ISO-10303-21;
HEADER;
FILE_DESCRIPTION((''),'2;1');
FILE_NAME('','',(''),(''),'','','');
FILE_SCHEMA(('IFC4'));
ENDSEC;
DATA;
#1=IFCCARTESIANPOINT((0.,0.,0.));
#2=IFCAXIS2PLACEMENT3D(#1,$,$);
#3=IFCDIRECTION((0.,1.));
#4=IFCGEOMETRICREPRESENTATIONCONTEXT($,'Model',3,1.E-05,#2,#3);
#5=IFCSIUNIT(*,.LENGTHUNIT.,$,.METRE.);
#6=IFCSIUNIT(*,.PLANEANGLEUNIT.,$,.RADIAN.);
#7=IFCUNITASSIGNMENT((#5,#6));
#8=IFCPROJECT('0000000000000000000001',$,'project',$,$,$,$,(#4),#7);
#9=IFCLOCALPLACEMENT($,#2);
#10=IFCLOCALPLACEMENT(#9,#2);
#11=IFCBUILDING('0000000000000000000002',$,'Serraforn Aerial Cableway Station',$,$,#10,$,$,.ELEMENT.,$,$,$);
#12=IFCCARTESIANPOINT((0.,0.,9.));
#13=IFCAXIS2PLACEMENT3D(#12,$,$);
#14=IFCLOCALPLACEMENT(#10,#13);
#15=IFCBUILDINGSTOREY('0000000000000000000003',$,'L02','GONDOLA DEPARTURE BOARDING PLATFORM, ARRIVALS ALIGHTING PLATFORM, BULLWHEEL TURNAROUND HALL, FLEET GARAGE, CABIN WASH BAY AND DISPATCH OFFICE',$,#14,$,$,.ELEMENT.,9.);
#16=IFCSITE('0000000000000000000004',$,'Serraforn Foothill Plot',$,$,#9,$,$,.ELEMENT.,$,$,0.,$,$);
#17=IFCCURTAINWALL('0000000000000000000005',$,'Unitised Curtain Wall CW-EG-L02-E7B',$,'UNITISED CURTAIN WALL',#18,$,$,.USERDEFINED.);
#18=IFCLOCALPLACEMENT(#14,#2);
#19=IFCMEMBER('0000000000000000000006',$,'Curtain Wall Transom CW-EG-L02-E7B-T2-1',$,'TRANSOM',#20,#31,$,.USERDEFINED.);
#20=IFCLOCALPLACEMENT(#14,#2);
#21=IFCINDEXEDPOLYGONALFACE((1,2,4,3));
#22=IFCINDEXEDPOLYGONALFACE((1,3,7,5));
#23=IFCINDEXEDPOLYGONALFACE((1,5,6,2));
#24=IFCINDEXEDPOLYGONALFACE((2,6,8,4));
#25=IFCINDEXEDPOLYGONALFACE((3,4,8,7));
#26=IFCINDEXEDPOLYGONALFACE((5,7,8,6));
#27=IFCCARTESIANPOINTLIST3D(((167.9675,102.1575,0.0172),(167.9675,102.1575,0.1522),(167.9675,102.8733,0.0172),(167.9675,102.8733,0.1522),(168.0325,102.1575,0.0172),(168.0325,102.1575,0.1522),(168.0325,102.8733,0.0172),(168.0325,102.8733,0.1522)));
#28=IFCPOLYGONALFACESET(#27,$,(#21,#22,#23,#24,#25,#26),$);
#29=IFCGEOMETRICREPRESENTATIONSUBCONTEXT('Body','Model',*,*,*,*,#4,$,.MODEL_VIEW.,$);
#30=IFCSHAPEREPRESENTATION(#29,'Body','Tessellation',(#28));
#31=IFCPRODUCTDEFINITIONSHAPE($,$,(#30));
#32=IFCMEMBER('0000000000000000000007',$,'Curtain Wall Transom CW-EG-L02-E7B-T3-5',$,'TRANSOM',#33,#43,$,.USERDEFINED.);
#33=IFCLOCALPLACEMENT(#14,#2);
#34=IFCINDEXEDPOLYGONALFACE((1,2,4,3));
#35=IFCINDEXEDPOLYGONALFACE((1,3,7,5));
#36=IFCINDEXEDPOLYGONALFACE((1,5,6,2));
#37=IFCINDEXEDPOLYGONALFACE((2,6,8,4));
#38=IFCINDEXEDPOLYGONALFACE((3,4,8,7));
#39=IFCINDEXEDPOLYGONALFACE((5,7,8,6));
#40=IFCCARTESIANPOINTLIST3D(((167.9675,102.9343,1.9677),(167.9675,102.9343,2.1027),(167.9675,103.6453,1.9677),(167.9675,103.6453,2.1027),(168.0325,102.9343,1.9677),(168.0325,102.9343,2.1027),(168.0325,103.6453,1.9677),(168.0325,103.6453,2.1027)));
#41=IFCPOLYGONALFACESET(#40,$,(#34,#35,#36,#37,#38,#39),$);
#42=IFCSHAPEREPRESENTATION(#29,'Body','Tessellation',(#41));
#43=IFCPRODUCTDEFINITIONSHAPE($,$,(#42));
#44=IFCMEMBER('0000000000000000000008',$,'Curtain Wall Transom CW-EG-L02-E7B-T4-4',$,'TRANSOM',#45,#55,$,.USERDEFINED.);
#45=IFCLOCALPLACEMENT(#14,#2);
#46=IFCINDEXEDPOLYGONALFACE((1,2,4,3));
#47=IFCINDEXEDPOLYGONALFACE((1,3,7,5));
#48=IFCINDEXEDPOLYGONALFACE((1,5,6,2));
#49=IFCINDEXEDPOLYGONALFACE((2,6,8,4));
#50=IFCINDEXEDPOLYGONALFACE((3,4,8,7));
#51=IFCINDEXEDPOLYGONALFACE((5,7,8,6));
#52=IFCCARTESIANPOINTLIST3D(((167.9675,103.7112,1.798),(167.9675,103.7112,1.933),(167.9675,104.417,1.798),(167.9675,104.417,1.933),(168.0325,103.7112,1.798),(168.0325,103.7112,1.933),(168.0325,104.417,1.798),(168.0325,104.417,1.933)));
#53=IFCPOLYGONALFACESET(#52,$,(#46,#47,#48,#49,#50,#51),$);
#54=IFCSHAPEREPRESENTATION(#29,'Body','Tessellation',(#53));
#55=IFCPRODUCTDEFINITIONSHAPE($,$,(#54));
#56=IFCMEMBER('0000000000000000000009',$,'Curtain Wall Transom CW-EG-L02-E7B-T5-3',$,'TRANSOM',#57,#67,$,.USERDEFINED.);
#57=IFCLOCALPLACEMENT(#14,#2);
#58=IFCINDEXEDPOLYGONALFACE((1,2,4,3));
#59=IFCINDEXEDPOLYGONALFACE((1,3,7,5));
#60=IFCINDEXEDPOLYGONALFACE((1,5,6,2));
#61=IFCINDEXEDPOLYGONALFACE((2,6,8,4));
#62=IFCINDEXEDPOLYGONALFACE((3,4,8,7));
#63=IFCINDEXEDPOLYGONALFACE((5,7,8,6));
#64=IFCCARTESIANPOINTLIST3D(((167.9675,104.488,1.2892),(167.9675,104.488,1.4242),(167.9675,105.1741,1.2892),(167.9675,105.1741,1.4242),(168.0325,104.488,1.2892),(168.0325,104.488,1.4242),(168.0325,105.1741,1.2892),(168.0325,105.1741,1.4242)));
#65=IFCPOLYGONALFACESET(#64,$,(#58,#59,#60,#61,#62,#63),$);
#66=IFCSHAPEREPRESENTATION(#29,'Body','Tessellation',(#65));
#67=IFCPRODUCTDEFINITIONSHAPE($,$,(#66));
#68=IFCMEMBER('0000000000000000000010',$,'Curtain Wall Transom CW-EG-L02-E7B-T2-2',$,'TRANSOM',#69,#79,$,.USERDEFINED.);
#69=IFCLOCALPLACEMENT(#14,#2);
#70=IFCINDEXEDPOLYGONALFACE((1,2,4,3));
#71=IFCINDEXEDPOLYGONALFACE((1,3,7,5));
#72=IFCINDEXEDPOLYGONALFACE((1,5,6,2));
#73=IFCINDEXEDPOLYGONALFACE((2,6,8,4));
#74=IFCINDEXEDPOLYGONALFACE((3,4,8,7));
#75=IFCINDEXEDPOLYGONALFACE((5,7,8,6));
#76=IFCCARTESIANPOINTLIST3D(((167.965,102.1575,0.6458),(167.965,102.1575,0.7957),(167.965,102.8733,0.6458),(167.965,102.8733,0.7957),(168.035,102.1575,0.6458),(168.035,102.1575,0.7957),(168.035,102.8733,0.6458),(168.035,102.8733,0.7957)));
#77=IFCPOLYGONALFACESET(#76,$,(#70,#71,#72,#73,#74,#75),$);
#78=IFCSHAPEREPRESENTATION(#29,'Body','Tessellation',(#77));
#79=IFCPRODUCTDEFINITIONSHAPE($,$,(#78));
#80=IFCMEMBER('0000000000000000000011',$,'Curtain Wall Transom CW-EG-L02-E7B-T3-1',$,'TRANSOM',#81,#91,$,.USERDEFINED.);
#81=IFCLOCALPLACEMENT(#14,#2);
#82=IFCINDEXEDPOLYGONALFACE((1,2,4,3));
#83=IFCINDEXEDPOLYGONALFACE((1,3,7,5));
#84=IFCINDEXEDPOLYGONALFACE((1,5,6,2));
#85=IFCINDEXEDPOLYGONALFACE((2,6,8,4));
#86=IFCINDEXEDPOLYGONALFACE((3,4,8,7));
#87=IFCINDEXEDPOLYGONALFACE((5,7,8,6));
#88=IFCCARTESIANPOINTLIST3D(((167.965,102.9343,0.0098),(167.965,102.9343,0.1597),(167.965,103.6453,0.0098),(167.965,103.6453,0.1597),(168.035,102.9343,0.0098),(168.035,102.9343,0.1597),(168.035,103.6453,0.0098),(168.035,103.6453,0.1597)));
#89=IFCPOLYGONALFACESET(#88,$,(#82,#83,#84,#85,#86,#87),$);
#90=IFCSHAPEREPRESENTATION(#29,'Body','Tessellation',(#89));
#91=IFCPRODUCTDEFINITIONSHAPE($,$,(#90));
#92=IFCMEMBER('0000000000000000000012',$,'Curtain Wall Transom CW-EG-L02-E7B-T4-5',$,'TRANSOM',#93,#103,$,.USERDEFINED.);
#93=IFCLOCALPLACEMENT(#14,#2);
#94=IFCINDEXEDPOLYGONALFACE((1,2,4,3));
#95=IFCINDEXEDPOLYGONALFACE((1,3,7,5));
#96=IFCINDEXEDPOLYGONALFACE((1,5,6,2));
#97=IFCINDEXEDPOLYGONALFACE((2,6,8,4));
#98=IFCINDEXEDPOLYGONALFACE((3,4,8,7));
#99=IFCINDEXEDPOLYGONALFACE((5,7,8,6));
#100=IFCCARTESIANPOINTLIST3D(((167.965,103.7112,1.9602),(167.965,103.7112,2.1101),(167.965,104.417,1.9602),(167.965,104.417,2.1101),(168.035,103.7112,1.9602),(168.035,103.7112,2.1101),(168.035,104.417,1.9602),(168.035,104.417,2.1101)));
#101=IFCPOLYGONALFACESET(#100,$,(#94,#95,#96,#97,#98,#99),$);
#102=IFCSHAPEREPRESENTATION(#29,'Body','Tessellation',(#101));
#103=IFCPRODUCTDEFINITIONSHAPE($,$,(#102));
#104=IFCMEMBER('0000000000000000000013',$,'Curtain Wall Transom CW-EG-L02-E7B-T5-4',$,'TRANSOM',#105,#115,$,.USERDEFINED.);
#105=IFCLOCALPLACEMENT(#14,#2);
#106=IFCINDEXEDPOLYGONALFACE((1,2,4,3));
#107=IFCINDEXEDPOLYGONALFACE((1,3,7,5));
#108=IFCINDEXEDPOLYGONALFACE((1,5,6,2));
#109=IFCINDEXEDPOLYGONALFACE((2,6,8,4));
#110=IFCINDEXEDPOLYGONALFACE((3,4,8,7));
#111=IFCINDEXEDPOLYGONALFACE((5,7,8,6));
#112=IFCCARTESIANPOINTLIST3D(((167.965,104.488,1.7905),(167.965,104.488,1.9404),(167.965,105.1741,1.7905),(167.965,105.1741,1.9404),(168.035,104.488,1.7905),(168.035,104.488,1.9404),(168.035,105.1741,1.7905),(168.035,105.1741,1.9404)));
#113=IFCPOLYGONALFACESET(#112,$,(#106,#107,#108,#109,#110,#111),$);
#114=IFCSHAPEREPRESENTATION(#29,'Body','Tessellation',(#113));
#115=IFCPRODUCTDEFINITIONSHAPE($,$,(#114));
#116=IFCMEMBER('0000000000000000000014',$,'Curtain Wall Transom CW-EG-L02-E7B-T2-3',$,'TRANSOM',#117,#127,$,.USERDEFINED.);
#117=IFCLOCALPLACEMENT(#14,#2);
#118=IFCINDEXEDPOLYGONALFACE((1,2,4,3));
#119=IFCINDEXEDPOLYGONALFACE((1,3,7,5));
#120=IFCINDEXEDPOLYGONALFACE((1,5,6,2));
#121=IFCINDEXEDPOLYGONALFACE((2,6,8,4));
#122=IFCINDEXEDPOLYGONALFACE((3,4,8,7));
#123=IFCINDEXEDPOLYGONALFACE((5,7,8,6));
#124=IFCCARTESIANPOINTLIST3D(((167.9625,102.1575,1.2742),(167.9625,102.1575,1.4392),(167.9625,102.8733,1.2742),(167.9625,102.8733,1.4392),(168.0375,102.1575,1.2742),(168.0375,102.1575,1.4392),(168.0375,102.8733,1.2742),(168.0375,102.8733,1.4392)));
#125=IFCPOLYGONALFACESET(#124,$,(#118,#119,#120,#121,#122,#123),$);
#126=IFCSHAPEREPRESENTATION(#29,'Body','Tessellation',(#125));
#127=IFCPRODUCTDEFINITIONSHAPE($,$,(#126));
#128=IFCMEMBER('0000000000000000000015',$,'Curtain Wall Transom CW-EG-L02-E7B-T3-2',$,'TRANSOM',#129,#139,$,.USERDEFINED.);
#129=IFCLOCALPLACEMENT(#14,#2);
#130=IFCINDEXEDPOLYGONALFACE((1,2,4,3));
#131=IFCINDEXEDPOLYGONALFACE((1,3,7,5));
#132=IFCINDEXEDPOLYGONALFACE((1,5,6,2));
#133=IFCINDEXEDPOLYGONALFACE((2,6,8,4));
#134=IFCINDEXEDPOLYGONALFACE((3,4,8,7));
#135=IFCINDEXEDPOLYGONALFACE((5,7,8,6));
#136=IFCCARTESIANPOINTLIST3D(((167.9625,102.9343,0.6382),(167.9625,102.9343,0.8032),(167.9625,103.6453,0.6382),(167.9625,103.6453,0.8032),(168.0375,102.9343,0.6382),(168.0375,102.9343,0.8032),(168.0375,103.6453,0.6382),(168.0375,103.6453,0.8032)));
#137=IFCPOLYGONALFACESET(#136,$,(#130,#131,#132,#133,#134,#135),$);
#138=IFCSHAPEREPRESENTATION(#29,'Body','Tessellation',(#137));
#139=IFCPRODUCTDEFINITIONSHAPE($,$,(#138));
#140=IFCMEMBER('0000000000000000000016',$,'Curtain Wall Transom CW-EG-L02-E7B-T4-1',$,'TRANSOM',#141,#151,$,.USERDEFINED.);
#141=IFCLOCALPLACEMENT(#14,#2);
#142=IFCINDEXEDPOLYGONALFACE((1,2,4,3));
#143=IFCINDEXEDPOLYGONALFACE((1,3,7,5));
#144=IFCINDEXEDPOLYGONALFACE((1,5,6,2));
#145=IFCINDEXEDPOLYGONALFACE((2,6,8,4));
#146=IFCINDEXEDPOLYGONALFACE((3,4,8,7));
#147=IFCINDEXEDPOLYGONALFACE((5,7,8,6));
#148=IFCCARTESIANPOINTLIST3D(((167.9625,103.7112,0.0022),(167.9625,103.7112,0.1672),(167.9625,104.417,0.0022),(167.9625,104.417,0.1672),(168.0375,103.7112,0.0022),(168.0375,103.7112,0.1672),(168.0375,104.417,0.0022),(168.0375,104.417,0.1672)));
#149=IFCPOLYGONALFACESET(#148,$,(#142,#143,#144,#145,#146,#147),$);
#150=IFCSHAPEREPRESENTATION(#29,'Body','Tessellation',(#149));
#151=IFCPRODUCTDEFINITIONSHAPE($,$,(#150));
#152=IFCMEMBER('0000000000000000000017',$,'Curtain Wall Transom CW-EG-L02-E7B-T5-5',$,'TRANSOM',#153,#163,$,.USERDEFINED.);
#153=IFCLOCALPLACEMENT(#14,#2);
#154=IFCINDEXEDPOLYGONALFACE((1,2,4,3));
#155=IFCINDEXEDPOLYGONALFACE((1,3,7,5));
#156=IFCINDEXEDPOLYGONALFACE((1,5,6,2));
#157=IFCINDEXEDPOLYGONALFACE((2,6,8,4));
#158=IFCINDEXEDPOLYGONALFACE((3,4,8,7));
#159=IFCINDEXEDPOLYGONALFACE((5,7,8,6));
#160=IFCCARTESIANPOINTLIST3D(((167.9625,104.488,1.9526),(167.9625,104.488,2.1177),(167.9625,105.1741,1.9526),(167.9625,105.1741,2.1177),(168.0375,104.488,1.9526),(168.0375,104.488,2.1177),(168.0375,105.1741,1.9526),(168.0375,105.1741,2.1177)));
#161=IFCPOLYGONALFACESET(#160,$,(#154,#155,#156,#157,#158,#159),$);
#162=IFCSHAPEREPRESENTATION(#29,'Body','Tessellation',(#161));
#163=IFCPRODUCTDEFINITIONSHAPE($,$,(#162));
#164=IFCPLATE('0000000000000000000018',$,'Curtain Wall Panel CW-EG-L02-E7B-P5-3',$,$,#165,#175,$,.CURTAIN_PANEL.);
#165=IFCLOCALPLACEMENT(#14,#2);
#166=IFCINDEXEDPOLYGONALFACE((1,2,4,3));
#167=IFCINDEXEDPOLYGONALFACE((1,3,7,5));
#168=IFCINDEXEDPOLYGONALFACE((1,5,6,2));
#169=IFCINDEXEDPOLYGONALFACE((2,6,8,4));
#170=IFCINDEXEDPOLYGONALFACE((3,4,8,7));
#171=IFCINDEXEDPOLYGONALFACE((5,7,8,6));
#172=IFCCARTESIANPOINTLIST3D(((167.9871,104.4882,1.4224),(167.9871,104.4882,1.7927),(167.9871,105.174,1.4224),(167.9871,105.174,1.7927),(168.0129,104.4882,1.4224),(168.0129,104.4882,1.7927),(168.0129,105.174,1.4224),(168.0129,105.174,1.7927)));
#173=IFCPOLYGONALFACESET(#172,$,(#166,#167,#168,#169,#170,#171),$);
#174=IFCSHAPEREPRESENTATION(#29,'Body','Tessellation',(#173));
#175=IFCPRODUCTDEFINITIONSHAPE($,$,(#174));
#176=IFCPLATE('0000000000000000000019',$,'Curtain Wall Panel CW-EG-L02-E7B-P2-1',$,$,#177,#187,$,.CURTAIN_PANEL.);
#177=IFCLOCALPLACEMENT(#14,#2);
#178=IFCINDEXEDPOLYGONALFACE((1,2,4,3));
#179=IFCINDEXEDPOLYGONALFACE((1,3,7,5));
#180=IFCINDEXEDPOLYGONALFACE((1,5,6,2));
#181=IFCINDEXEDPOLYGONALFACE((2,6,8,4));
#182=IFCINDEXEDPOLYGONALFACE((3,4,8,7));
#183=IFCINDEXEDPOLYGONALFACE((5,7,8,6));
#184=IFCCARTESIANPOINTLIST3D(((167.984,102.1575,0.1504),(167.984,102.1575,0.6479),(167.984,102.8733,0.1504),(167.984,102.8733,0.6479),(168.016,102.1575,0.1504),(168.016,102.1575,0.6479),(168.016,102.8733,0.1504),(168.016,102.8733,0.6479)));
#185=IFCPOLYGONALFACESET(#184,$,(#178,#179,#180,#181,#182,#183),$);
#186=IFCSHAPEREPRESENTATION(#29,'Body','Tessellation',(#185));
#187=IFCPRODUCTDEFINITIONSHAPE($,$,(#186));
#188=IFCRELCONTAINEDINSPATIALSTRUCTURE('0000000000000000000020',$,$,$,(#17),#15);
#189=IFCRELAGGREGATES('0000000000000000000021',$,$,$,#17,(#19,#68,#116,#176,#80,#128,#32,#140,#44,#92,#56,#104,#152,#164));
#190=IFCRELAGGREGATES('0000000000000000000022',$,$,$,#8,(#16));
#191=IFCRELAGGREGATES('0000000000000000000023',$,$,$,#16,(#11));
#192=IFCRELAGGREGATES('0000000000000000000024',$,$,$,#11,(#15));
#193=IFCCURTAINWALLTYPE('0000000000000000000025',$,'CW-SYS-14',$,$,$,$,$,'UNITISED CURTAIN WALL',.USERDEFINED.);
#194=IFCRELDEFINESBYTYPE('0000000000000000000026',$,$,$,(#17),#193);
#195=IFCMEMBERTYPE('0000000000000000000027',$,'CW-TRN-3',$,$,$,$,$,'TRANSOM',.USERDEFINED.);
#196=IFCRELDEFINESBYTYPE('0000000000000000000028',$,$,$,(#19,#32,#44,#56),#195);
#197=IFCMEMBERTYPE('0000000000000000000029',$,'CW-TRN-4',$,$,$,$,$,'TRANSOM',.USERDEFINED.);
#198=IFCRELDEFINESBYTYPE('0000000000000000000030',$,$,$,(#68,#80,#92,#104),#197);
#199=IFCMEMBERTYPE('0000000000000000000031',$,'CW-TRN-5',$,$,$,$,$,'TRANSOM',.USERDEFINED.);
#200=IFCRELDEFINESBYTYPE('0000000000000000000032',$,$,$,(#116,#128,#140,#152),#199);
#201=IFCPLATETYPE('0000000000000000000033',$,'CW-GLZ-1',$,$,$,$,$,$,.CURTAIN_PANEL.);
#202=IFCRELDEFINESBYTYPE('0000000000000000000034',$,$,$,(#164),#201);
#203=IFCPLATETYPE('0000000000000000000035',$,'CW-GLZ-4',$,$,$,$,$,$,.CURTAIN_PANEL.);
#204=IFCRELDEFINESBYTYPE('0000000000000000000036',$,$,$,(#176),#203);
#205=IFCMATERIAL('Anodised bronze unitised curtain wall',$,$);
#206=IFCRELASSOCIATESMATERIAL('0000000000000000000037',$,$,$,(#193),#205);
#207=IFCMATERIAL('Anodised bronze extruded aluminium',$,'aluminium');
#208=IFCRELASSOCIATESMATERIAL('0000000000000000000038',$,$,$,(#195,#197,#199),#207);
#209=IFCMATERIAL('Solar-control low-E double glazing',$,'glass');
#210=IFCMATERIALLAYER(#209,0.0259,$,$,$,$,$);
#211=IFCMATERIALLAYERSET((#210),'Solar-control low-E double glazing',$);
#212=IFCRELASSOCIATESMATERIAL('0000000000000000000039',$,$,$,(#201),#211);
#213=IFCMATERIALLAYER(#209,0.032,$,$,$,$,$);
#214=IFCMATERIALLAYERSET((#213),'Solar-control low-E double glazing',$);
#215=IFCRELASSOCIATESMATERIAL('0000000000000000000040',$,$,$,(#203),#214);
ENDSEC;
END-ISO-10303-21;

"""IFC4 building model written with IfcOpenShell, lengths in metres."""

from ifc_helpers import new_model, si_unit, direction, frame, origin, origin_2d, place, context, subcontext, project, spatial, rectangle, extrude, material, layer, layer_set, material_profile, profile_set, type_object, element, aggregate, save


model = new_model("IFC4")

# Units and contexts
model_context = context("Model", 3, precision=1e-05, world=origin(), true_north=direction((0.0, 1.0)))
body_context = subcontext(model_context, "Body", "Model", "MODEL_VIEW")
ifc_project = project(units=[si_unit("LENGTHUNIT", "METRE"), si_unit("PLANEANGLEUNIT", "RADIAN")], contexts=[model_context])

# Site, building, storey
site_placement = place(None, origin())
site = spatial("IfcSite", under=ifc_project, at=site_placement, Name="Serraforn Foothill Plot", CompositionType="ELEMENT", RefElevation=0.0)
building_placement = place(site_placement, origin())
building = spatial("IfcBuilding", under=site, at=building_placement, Name="Serraforn Aerial Cableway Station", CompositionType="ELEMENT")
storey_placement = place(building_placement, frame((0.0, 0.0, 9.0)))
storey = spatial("IfcBuildingStorey", under=building, at=storey_placement, Name="L02", Description="GONDOLA DEPARTURE BOARDING PLATFORM, ARRIVALS ALIGHTING PLATFORM, BULLWHEEL TURNAROUND HALL, FLEET GARAGE, CABIN WASH BAY AND DISPATCH OFFICE", CompositionType="ELEMENT", Elevation=9.0)

# Curtain wall, members, plates
ifc_material_1 = material(Name="Anodised bronze unitised curtain wall")
curtain_wall_type = type_object("IfcCurtainWallType", Name="CW-SYS-14", ElementType="UNITISED CURTAIN WALL", PredefinedType="USERDEFINED", material=ifc_material_1)
curtain_wall_placement = place(storey_placement, origin())
curtain_wall = element("IfcCurtainWall", 1, at=curtain_wall_placement, inside=storey, type_object=curtain_wall_type, Name="Unitised Curtain Wall CW-EG-L02-E7B", ObjectType="UNITISED CURTAIN WALL", PredefinedType="USERDEFINED")
ifc_material_2 = material(Name="Anodised bronze extruded aluminium", Category="aluminium")
ifc_material_profile_1 = material_profile(ifc_material_2, rectangle(XDim=0.0649, YDim=0.135, at=origin_2d()), Name="CW TRANSOM 65x135")
ifc_profile_set_1 = profile_set([ifc_material_profile_1], Name="Anodised bronze extruded aluminium")
member_type_1 = type_object("IfcMemberType", Name="CW-TRN-3", ElementType="TRANSOM", PredefinedType="USERDEFINED", material=ifc_profile_set_1)
member_1_placement = place(storey_placement, frame((168.0, 102.1575, 0.0847), z_axis=(0.0, 1.0, 0.0), x_axis=(-1.0, 0.0, 0.0)))
member_1 = element("IfcMember", 2, at=member_1_placement, type_object=member_type_1, Name="Curtain Wall Transom CW-EG-L02-E7B-T2-1", ObjectType="TRANSOM", PredefinedType="USERDEFINED", context=body_context, shape_type="SweptSolid", body=[
    extrude(rectangle(XDim=0.0649, YDim=0.135, at=origin_2d()), origin(), (0.0, 0.0, 1.0), 0.7158),
])
member_2_placement = place(storey_placement, frame((168.0, 102.9343, 2.0352), z_axis=(0.0, 1.0, 0.0), x_axis=(-1.0, 0.0, 0.0)))
member_2 = element("IfcMember", 3, at=member_2_placement, type_object=member_type_1, Name="Curtain Wall Transom CW-EG-L02-E7B-T3-5", ObjectType="TRANSOM", PredefinedType="USERDEFINED", context=body_context, shape_type="SweptSolid", body=[
    extrude(rectangle(XDim=0.0649, YDim=0.135, at=origin_2d()), origin(), (0.0, 0.0, 1.0), 0.7109),
])
member_3_placement = place(storey_placement, frame((168.0, 103.7112, 1.8655), z_axis=(0.0, 1.0, 0.0), x_axis=(-1.0, 0.0, 0.0)))
member_3 = element("IfcMember", 4, at=member_3_placement, type_object=member_type_1, Name="Curtain Wall Transom CW-EG-L02-E7B-T4-4", ObjectType="TRANSOM", PredefinedType="USERDEFINED", context=body_context, shape_type="SweptSolid", body=[
    extrude(rectangle(XDim=0.0649, YDim=0.135, at=origin_2d()), origin(), (0.0, 0.0, 1.0), 0.7058),
])
member_4_placement = place(storey_placement, frame((168.0, 104.488, 1.3567), z_axis=(0.0, 1.0, 0.0), x_axis=(-1.0, 0.0, 0.0)))
member_4 = element("IfcMember", 5, at=member_4_placement, type_object=member_type_1, Name="Curtain Wall Transom CW-EG-L02-E7B-T5-3", ObjectType="TRANSOM", PredefinedType="USERDEFINED", context=body_context, shape_type="SweptSolid", body=[
    extrude(rectangle(XDim=0.0649, YDim=0.135, at=origin_2d()), origin(), (0.0, 0.0, 1.0), 0.686),
])
ifc_material_profile_2 = material_profile(ifc_material_2, rectangle(XDim=0.0701, YDim=0.1499, at=origin_2d()), Name="CW TRANSOM 70x150")
ifc_profile_set_2 = profile_set([ifc_material_profile_2], Name="Anodised bronze extruded aluminium")
member_type_2 = type_object("IfcMemberType", Name="CW-TRN-4", ElementType="TRANSOM", PredefinedType="USERDEFINED", material=ifc_profile_set_2)
member_5_placement = place(storey_placement, frame((168.0, 102.1575, 0.7207), z_axis=(0.0, 1.0, 0.0), x_axis=(-1.0, 0.0, 0.0)))
member_5 = element("IfcMember", 6, at=member_5_placement, type_object=member_type_2, Name="Curtain Wall Transom CW-EG-L02-E7B-T2-2", ObjectType="TRANSOM", PredefinedType="USERDEFINED", context=body_context, shape_type="SweptSolid", body=[
    extrude(rectangle(XDim=0.0701, YDim=0.1499, at=origin_2d()), origin(), (0.0, 0.0, 1.0), 0.7158),
])
member_6_placement = place(storey_placement, frame((168.0, 102.9343, 0.0847), z_axis=(0.0, 1.0, 0.0), x_axis=(-1.0, 0.0, 0.0)))
member_6 = element("IfcMember", 7, at=member_6_placement, type_object=member_type_2, Name="Curtain Wall Transom CW-EG-L02-E7B-T3-1", ObjectType="TRANSOM", PredefinedType="USERDEFINED", context=body_context, shape_type="SweptSolid", body=[
    extrude(rectangle(XDim=0.0701, YDim=0.1499, at=origin_2d()), origin(), (0.0, 0.0, 1.0), 0.7109),
])
member_7_placement = place(storey_placement, frame((168.0, 103.7112, 2.0352), z_axis=(0.0, 1.0, 0.0), x_axis=(-1.0, 0.0, 0.0)))
member_7 = element("IfcMember", 8, at=member_7_placement, type_object=member_type_2, Name="Curtain Wall Transom CW-EG-L02-E7B-T4-5", ObjectType="TRANSOM", PredefinedType="USERDEFINED", context=body_context, shape_type="SweptSolid", body=[
    extrude(rectangle(XDim=0.0701, YDim=0.1499, at=origin_2d()), origin(), (0.0, 0.0, 1.0), 0.7058),
])
member_8_placement = place(storey_placement, frame((168.0, 104.488, 1.8655), z_axis=(0.0, 1.0, 0.0), x_axis=(-1.0, 0.0, 0.0)))
member_8 = element("IfcMember", 9, at=member_8_placement, type_object=member_type_2, Name="Curtain Wall Transom CW-EG-L02-E7B-T5-4", ObjectType="TRANSOM", PredefinedType="USERDEFINED", context=body_context, shape_type="SweptSolid", body=[
    extrude(rectangle(XDim=0.0701, YDim=0.1499, at=origin_2d()), origin(), (0.0, 0.0, 1.0), 0.686),
])
ifc_material_profile_3 = material_profile(ifc_material_2, rectangle(XDim=0.075, YDim=0.165, at=origin_2d()), Name="CW TRANSOM 75x165")
ifc_profile_set_3 = profile_set([ifc_material_profile_3], Name="Anodised bronze extruded aluminium")
member_type_3 = type_object("IfcMemberType", Name="CW-TRN-5", ElementType="TRANSOM", PredefinedType="USERDEFINED", material=ifc_profile_set_3)
member_9_placement = place(storey_placement, frame((168.0, 102.1575, 1.3567), z_axis=(0.0, 1.0, 0.0), x_axis=(-1.0, 0.0, 0.0)))
member_9 = element("IfcMember", 10, at=member_9_placement, type_object=member_type_3, Name="Curtain Wall Transom CW-EG-L02-E7B-T2-3", ObjectType="TRANSOM", PredefinedType="USERDEFINED", context=body_context, shape_type="SweptSolid", body=[
    extrude(rectangle(XDim=0.075, YDim=0.165, at=origin_2d()), origin(), (0.0, 0.0, 1.0), 0.7158),
])
member_10_placement = place(storey_placement, frame((168.0, 102.9343, 0.7207), z_axis=(0.0, 1.0, 0.0), x_axis=(-1.0, 0.0, 0.0)))
member_10 = element("IfcMember", 11, at=member_10_placement, type_object=member_type_3, Name="Curtain Wall Transom CW-EG-L02-E7B-T3-2", ObjectType="TRANSOM", PredefinedType="USERDEFINED", context=body_context, shape_type="SweptSolid", body=[
    extrude(rectangle(XDim=0.075, YDim=0.165, at=origin_2d()), origin(), (0.0, 0.0, 1.0), 0.7109),
])
member_11_placement = place(storey_placement, frame((168.0, 103.7112, 0.0847), z_axis=(0.0, 1.0, 0.0), x_axis=(-1.0, 0.0, 0.0)))
member_11 = element("IfcMember", 12, at=member_11_placement, type_object=member_type_3, Name="Curtain Wall Transom CW-EG-L02-E7B-T4-1", ObjectType="TRANSOM", PredefinedType="USERDEFINED", context=body_context, shape_type="SweptSolid", body=[
    extrude(rectangle(XDim=0.075, YDim=0.165, at=origin_2d()), origin(), (0.0, 0.0, 1.0), 0.7058),
])
member_12_placement = place(storey_placement, frame((168.0, 104.488, 2.0352), z_axis=(0.0, 1.0, 0.0), x_axis=(-1.0, 0.0, 0.0)))
member_12 = element("IfcMember", 13, at=member_12_placement, type_object=member_type_3, Name="Curtain Wall Transom CW-EG-L02-E7B-T5-5", ObjectType="TRANSOM", PredefinedType="USERDEFINED", context=body_context, shape_type="SweptSolid", body=[
    extrude(rectangle(XDim=0.075, YDim=0.165, at=origin_2d()), origin(), (0.0, 0.0, 1.0), 0.686),
])
ifc_material_3 = material(Name="Solar-control low-E double glazing", Category="glass")
ifc_layer_1 = layer(ifc_material_3, 0.0259)
ifc_layer_set_1 = layer_set([ifc_layer_1], Name="Solar-control low-E double glazing")
plate_type_1 = type_object("IfcPlateType", Name="CW-GLZ-1", PredefinedType="CURTAIN_PANEL", material=ifc_layer_set_1)
plate_1_placement = place(storey_placement, frame((168.0, 104.8311, 1.4224), z_axis=(0.0, 0.0, 1.0), x_axis=(1.0, 0.0, 0.0)))
plate_1 = element("IfcPlate", 14, at=plate_1_placement, type_object=plate_type_1, Name="Curtain Wall Panel CW-EG-L02-E7B-P5-3", PredefinedType="CURTAIN_PANEL", context=body_context, shape_type="SweptSolid", body=[
    extrude(rectangle(XDim=0.0259, YDim=0.6858, at=origin_2d()), origin(), (0.0, 0.0, 1.0), 0.3704),
])
ifc_layer_2 = layer(ifc_material_3, 0.032)
ifc_layer_set_2 = layer_set([ifc_layer_2], Name="Solar-control low-E double glazing")
plate_type_2 = type_object("IfcPlateType", Name="CW-GLZ-4", PredefinedType="CURTAIN_PANEL", material=ifc_layer_set_2)
plate_2_placement = place(storey_placement, frame((168.0, 102.5154, 0.1504), z_axis=(0.0, 0.0, 1.0), x_axis=(1.0, 0.0, 0.0)))
plate_2 = element("IfcPlate", 15, at=plate_2_placement, type_object=plate_type_2, Name="Curtain Wall Panel CW-EG-L02-E7B-P2-1", PredefinedType="CURTAIN_PANEL", context=body_context, shape_type="SweptSolid", body=[
    extrude(rectangle(XDim=0.032, YDim=0.7158, at=origin_2d()), origin(), (0.0, 0.0, 1.0), 0.4976),
])
aggregate(curtain_wall, [member_1, member_5, member_9, plate_2, member_6, member_10, member_2, member_11, member_3, member_7, member_4, member_8, member_12, plate_1])

save(model, "model.ifc")
